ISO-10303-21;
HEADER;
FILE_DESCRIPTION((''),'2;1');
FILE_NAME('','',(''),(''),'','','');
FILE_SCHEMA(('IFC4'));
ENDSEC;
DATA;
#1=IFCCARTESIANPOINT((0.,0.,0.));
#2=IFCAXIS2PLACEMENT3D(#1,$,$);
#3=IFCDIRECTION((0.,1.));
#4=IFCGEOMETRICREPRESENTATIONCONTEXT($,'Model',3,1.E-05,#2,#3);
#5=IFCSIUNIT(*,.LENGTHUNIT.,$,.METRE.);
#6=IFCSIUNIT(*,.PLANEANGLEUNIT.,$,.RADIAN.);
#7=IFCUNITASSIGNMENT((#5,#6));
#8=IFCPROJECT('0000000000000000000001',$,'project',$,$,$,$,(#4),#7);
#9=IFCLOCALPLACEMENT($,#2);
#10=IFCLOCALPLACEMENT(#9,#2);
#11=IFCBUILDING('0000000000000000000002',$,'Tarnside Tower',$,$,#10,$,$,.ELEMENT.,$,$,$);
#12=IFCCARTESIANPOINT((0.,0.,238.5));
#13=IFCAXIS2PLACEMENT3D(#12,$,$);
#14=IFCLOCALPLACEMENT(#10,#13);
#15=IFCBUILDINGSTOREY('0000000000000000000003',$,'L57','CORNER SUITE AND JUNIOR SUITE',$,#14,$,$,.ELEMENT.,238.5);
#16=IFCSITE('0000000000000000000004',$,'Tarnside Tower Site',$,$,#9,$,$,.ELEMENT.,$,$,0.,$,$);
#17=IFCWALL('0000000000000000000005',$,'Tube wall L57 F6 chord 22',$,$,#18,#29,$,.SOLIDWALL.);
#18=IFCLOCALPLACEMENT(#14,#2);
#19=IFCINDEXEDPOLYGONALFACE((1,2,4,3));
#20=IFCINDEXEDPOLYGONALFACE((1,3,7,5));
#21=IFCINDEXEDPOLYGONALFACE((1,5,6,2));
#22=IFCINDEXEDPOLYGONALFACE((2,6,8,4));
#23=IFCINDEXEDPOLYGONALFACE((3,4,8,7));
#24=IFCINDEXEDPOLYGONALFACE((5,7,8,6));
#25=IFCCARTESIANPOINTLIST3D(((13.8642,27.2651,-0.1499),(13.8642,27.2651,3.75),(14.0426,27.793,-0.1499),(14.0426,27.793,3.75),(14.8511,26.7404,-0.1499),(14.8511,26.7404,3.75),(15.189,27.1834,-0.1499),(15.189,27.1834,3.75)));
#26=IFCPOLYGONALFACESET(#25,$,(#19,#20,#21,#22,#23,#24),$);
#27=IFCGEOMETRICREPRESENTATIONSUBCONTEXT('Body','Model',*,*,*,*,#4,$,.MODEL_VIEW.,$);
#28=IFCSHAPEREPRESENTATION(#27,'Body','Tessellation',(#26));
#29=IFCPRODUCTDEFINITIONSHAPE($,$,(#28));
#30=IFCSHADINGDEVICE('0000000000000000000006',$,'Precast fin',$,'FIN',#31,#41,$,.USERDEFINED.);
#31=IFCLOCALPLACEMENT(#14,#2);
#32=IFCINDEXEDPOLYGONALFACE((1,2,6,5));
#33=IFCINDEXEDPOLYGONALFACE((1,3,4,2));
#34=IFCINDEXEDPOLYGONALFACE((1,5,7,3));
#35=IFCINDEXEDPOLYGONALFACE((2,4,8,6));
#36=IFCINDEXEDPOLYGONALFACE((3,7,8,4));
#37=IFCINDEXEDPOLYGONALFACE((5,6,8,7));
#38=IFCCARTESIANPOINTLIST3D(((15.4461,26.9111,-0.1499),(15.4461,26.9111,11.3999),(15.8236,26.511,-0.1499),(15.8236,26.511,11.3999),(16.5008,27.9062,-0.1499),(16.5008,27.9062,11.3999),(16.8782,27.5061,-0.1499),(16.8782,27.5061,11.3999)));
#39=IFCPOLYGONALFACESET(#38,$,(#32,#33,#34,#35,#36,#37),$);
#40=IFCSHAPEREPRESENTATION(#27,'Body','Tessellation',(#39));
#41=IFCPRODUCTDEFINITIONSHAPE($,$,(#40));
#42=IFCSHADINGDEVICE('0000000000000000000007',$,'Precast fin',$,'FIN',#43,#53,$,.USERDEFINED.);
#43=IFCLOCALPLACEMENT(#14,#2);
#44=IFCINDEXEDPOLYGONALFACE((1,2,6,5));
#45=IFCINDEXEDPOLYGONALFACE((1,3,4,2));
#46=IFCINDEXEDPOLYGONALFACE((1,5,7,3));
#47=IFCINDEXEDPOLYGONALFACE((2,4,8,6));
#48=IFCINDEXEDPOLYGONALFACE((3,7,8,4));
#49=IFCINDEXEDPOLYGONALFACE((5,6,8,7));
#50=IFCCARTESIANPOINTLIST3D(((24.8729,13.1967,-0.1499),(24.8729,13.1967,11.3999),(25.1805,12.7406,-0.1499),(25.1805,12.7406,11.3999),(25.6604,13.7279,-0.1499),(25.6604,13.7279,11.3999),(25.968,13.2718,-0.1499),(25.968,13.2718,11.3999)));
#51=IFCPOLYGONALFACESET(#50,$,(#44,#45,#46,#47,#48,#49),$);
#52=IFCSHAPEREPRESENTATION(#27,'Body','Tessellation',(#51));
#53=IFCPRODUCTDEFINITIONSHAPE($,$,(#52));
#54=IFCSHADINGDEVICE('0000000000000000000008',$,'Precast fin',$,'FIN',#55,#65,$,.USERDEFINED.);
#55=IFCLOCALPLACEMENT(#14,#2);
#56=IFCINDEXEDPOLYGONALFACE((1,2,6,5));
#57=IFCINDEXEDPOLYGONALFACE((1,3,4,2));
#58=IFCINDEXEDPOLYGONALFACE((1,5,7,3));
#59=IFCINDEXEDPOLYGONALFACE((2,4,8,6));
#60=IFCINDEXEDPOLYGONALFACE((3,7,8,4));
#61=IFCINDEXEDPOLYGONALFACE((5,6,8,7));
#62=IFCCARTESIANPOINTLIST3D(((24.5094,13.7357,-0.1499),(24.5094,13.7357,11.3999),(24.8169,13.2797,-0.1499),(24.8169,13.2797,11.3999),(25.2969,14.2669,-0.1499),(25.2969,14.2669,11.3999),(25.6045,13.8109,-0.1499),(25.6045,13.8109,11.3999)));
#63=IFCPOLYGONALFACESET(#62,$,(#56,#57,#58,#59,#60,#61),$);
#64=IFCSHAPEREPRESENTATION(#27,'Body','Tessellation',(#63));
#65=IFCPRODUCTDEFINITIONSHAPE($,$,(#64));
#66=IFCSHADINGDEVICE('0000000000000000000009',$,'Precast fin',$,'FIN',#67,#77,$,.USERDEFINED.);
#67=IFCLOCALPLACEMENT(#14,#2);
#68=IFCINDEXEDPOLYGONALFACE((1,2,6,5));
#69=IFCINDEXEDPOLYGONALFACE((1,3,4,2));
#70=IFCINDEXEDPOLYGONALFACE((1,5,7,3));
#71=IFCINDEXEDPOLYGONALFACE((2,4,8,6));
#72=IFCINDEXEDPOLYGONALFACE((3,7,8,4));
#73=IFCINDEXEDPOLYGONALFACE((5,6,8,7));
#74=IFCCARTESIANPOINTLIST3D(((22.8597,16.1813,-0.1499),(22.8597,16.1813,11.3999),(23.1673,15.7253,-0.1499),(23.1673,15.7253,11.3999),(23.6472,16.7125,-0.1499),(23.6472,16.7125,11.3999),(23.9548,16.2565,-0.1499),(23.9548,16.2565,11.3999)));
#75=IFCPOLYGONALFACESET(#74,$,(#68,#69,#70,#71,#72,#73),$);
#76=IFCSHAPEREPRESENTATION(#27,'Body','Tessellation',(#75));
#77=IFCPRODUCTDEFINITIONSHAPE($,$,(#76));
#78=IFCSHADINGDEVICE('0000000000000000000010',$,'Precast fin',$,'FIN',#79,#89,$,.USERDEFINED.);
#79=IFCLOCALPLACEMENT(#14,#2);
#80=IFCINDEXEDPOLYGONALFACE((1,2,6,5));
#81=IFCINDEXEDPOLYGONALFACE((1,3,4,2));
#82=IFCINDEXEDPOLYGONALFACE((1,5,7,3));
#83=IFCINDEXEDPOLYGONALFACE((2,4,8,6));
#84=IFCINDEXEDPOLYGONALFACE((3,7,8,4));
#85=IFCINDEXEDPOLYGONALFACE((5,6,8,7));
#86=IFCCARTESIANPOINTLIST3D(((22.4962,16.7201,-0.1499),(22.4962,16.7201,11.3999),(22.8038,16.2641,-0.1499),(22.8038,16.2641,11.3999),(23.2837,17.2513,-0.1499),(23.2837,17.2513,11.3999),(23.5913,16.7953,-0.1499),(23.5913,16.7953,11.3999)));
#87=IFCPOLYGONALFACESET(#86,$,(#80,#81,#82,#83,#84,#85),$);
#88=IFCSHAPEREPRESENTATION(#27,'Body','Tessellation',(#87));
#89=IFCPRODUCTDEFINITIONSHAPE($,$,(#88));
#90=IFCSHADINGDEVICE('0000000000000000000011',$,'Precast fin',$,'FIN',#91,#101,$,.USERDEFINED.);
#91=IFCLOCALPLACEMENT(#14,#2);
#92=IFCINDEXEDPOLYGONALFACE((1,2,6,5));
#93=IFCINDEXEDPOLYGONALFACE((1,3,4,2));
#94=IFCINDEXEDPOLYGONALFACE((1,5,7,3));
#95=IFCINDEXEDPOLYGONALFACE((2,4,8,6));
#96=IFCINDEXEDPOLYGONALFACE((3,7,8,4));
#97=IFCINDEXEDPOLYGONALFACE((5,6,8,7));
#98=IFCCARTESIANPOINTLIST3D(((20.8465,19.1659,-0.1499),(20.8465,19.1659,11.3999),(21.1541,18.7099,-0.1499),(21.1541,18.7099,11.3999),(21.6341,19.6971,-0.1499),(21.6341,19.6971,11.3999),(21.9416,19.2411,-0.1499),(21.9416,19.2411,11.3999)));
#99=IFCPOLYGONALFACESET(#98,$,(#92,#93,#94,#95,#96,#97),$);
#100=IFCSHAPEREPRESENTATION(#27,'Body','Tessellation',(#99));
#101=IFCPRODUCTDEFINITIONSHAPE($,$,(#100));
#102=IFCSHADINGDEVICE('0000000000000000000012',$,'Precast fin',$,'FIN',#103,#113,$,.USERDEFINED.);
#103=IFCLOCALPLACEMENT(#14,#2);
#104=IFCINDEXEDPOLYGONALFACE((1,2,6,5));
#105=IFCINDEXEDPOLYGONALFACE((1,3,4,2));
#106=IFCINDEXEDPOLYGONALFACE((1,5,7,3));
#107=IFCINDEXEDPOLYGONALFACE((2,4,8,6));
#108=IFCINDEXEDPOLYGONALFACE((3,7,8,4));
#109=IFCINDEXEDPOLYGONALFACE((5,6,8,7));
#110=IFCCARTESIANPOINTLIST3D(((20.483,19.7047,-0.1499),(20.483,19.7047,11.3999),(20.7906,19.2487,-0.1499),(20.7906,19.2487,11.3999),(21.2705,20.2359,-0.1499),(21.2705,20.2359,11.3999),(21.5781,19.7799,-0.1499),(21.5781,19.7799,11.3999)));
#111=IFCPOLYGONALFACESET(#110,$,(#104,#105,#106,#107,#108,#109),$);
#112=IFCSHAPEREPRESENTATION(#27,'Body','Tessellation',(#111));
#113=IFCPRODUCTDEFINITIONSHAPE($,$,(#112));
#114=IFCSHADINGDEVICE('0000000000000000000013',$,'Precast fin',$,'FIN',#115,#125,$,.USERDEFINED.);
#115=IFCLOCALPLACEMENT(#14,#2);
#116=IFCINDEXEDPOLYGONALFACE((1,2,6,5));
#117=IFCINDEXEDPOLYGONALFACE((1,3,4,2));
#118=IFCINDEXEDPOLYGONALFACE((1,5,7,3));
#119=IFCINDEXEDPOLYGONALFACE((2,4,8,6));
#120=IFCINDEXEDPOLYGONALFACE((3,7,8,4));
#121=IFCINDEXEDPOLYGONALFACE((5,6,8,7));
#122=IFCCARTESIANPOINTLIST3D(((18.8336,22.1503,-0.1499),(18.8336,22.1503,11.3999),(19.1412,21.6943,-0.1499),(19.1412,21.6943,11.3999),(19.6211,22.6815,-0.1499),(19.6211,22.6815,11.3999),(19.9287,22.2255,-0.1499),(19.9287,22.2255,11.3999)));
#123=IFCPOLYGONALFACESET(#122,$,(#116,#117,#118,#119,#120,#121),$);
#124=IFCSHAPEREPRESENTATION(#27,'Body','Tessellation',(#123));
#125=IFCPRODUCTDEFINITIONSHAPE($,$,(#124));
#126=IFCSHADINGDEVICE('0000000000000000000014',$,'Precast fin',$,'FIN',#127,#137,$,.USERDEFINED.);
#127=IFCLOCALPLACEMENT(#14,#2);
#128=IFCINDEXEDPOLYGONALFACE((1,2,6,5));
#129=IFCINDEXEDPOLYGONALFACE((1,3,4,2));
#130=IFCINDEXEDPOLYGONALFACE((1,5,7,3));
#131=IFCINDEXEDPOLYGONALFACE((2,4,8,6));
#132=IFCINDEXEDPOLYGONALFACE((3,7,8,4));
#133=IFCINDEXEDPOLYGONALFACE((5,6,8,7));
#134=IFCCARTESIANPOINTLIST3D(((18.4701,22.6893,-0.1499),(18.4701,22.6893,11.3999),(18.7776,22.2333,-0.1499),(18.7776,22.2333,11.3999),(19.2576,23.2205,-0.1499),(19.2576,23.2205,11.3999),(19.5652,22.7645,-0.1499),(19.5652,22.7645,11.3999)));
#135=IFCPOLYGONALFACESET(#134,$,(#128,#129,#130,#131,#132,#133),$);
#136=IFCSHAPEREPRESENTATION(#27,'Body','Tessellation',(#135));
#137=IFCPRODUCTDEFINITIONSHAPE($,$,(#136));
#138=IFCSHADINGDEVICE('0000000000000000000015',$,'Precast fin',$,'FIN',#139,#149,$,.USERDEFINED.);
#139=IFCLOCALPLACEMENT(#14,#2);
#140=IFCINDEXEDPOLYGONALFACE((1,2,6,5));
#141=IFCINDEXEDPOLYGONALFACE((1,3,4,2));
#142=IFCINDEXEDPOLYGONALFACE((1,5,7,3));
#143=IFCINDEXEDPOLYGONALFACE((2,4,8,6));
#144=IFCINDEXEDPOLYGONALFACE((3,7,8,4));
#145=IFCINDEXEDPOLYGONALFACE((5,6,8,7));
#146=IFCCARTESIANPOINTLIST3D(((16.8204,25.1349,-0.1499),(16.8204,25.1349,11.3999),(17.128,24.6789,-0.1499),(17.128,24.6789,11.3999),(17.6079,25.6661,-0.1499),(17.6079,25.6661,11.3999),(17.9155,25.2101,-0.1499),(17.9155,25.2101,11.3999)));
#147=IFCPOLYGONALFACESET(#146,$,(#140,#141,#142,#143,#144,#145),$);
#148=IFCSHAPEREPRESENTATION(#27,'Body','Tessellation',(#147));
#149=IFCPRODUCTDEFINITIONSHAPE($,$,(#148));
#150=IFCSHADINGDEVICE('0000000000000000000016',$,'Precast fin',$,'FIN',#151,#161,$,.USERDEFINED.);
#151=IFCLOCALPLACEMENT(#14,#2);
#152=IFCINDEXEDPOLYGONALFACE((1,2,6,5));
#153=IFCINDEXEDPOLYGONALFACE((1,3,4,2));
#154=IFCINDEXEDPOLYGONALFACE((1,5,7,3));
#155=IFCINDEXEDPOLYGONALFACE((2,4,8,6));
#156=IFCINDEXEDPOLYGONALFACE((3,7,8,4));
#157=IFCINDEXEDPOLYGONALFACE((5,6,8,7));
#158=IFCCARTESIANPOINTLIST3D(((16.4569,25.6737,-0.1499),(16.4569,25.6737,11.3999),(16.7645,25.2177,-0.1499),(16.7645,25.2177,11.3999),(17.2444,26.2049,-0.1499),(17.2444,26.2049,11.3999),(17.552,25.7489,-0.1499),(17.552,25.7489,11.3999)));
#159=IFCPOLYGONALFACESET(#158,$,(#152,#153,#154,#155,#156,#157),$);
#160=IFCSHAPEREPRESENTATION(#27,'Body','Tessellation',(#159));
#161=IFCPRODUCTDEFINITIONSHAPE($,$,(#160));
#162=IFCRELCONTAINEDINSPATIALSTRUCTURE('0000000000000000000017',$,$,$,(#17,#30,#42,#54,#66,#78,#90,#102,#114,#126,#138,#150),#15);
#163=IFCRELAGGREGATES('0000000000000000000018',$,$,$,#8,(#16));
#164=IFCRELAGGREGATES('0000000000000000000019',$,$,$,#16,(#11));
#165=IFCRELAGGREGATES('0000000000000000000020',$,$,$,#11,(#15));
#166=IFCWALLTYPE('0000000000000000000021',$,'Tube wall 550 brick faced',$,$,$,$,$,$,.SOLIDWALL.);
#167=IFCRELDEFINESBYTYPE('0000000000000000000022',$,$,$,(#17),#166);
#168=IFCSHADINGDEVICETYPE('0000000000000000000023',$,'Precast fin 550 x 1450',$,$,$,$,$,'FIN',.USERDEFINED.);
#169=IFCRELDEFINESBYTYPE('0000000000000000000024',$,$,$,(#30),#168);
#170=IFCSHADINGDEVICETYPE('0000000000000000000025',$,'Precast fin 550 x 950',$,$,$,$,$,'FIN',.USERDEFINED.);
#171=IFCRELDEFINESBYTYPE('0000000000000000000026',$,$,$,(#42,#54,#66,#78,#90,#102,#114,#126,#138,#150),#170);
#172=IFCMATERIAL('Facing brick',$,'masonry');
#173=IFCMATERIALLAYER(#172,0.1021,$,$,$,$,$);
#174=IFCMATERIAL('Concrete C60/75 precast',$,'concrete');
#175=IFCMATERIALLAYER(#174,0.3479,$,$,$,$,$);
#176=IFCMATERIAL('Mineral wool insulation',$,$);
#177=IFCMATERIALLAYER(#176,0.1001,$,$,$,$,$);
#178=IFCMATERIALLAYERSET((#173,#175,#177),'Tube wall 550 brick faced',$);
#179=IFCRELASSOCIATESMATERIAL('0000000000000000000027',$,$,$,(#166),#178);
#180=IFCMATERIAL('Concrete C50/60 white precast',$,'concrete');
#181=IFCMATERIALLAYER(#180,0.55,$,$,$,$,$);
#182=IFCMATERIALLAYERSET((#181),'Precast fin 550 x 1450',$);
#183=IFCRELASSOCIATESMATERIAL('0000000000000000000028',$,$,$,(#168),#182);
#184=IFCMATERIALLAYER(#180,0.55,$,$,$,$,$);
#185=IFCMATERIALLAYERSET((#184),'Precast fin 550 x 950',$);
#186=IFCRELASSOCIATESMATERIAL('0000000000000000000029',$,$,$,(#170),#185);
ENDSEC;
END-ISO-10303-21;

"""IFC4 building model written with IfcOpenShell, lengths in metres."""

from ifc_helpers import new_model, si_unit, direction, frame, origin, place, context, subcontext, project, spatial, polyline, outline, extrude, material, layer, layer_set, type_object, element, save


model = new_model("IFC4")

# Units and contexts
model_context = context("Model", 3, precision=1e-05, world=origin(), true_north=direction((0.0, 1.0)))
body_context = subcontext(model_context, "Body", "Model", "MODEL_VIEW")
ifc_project = project(units=[si_unit("LENGTHUNIT", "METRE"), si_unit("PLANEANGLEUNIT", "RADIAN")], contexts=[model_context])

# Site, building, storey
site_placement = place(None, origin())
site = spatial("IfcSite", under=ifc_project, at=site_placement, Name="Tarnside Tower Site", CompositionType="ELEMENT", RefElevation=0.0)
building_placement = place(site_placement, origin())
building = spatial("IfcBuilding", under=site, at=building_placement, Name="Tarnside Tower", CompositionType="ELEMENT")
storey_placement = place(building_placement, frame((0.0, 0.0, 238.5)))
storey = spatial("IfcBuildingStorey", under=building, at=storey_placement, Name="L57", Description="CORNER SUITE AND JUNIOR SUITE", CompositionType="ELEMENT", Elevation=238.5)

# Wall
ifc_material_1 = material(Name="Facing brick", Category="masonry")
ifc_layer_1 = layer(ifc_material_1, 0.1021)
ifc_material_2 = material(Name="Concrete C60/75 precast", Category="concrete")
ifc_layer_2 = layer(ifc_material_2, 0.3479)
ifc_material_3 = material(Name="Mineral wool insulation")
ifc_layer_3 = layer(ifc_material_3, 0.1001)
ifc_layer_set_1 = layer_set([ifc_layer_1, ifc_layer_2, ifc_layer_3], Name="Tube wall 550 brick faced")
wall_type_1 = type_object("IfcWallType", Name="Tube wall 550 brick faced", PredefinedType="SOLIDWALL", material=ifc_layer_set_1)
wall_1_placement = place(storey_placement, frame((15.02, 26.9619, -0.1499), z_axis=(0.0, 0.0, 1.0), x_axis=(-0.882951, 0.469465, 0.0)))
element("IfcWall", 1, at=wall_1_placement, inside=storey, type_object=wall_type_1, Name="Tube wall L57 F6 chord 22", PredefinedType="SOLIDWALL", context=body_context, shape_type="SweptSolid", body=[
    extrude(outline(polyline([(-0.0452, -0.2749), (1.2532, -0.2749), (1.1628, 0.2749), (0.0452, 0.2749), (-0.0452, -0.2749)])), origin(), (0.0, 0.0, 1.0), 3.8999),
])

# Shading devices
ifc_material_4 = material(Name="Concrete C50/60 white precast", Category="concrete")
ifc_layer_4 = layer(ifc_material_4, 0.55)
ifc_layer_set_2 = layer_set([ifc_layer_4], Name="Precast fin 550 x 1450")
shading_device_type_1 = type_object("IfcShadingDeviceType", Name="Precast fin 550 x 1450", ElementType="FIN", PredefinedType="USERDEFINED", material=ifc_layer_set_2)
shading_device_placement = place(storey_placement, frame((15.6348, 26.7112, -0.1499), z_axis=(0.686242, -0.727374, 0.0), x_axis=(0.727374, 0.686242, 0.0)))
element("IfcShadingDevice", 2, at=shading_device_placement, inside=storey, type_object=shading_device_type_1, Name="Precast fin", ObjectType="FIN", PredefinedType="USERDEFINED", context=body_context, shape_type="SweptSolid", body=[
    extrude(outline(polyline([(0.0, 0.0), (1.45, 0.0), (1.45, 11.5498), (0.0, 11.5498), (0.0, 0.0)])), frame((0.0, 0.0, -0.2749)), (0.0, 0.0, 1.0), 0.55),
])
ifc_layer_5 = layer(ifc_material_4, 0.55)
ifc_layer_set_3 = layer_set([ifc_layer_5], Name="Precast fin 550 x 950")
shading_device_type_2 = type_object("IfcShadingDeviceType", Name="Precast fin 550 x 950", ElementType="FIN", PredefinedType="USERDEFINED", material=ifc_layer_set_3)
for number, where, z_axis, x_axis, name in (
    (3, (25.0266, 12.9688, -0.1499), (0.559193, -0.829038, 0.0), (0.829038, 0.559193, 0.0), "Precast fin"),
    (4, (24.6631, 13.5078, -0.1499), (0.559193, -0.829038, 0.0), (0.829038, 0.559193, 0.0), "Precast fin"),
    (5, (23.0134, 15.9534, -0.1499), (0.559193, -0.829038, 0.0), (0.829038, 0.559193, 0.0), "Precast fin"),
    (6, (22.6499, 16.4922, -0.1499), (0.559193, -0.829038, 0.0), (0.829038, 0.559193, 0.0), "Precast fin"),
    (7, (21.0002, 18.938, -0.1499), (0.559193, -0.829038, 0.0), (0.829038, 0.559193, 0.0), "Precast fin"),
    (8, (20.6367, 19.4768, -0.1499), (0.559193, -0.829038, 0.0), (0.829038, 0.559193, 0.0), "Precast fin"),
    (9, (18.9873, 21.9224, -0.1499), (0.559193, -0.829038, 0.0), (0.829038, 0.559193, 0.0), "Precast fin"),
    (10, (18.6238, 22.4614, -0.1499), (0.559193, -0.829038, 0.0), (0.829038, 0.559193, 0.0), "Precast fin"),
    (11, (16.9741, 24.907, -0.1499), (0.559193, -0.829038, 0.0), (0.829038, 0.559193, 0.0), "Precast fin"),
    (12, (16.6106, 25.4458, -0.1499), (0.559193, -0.829038, 0.0), (0.829038, 0.559193, 0.0), "Precast fin"),
):
    element("IfcShadingDevice", number, at=place(storey_placement, frame(where, z_axis=z_axis, x_axis=x_axis)), inside=storey, type_object=shading_device_type_2, Name=name, ObjectType="FIN", PredefinedType="USERDEFINED", context=body_context, shape_type="SweptSolid", body=[
        extrude(outline(polyline([(0.0, 0.0), (0.95, 0.0), (0.95, 11.5498), (0.0, 11.5498), (0.0, 0.0)])), frame((0.0, 0.0, -0.2749)), (0.0, 0.0, 1.0), 0.55),
    ])

save(model, "model.ifc")
